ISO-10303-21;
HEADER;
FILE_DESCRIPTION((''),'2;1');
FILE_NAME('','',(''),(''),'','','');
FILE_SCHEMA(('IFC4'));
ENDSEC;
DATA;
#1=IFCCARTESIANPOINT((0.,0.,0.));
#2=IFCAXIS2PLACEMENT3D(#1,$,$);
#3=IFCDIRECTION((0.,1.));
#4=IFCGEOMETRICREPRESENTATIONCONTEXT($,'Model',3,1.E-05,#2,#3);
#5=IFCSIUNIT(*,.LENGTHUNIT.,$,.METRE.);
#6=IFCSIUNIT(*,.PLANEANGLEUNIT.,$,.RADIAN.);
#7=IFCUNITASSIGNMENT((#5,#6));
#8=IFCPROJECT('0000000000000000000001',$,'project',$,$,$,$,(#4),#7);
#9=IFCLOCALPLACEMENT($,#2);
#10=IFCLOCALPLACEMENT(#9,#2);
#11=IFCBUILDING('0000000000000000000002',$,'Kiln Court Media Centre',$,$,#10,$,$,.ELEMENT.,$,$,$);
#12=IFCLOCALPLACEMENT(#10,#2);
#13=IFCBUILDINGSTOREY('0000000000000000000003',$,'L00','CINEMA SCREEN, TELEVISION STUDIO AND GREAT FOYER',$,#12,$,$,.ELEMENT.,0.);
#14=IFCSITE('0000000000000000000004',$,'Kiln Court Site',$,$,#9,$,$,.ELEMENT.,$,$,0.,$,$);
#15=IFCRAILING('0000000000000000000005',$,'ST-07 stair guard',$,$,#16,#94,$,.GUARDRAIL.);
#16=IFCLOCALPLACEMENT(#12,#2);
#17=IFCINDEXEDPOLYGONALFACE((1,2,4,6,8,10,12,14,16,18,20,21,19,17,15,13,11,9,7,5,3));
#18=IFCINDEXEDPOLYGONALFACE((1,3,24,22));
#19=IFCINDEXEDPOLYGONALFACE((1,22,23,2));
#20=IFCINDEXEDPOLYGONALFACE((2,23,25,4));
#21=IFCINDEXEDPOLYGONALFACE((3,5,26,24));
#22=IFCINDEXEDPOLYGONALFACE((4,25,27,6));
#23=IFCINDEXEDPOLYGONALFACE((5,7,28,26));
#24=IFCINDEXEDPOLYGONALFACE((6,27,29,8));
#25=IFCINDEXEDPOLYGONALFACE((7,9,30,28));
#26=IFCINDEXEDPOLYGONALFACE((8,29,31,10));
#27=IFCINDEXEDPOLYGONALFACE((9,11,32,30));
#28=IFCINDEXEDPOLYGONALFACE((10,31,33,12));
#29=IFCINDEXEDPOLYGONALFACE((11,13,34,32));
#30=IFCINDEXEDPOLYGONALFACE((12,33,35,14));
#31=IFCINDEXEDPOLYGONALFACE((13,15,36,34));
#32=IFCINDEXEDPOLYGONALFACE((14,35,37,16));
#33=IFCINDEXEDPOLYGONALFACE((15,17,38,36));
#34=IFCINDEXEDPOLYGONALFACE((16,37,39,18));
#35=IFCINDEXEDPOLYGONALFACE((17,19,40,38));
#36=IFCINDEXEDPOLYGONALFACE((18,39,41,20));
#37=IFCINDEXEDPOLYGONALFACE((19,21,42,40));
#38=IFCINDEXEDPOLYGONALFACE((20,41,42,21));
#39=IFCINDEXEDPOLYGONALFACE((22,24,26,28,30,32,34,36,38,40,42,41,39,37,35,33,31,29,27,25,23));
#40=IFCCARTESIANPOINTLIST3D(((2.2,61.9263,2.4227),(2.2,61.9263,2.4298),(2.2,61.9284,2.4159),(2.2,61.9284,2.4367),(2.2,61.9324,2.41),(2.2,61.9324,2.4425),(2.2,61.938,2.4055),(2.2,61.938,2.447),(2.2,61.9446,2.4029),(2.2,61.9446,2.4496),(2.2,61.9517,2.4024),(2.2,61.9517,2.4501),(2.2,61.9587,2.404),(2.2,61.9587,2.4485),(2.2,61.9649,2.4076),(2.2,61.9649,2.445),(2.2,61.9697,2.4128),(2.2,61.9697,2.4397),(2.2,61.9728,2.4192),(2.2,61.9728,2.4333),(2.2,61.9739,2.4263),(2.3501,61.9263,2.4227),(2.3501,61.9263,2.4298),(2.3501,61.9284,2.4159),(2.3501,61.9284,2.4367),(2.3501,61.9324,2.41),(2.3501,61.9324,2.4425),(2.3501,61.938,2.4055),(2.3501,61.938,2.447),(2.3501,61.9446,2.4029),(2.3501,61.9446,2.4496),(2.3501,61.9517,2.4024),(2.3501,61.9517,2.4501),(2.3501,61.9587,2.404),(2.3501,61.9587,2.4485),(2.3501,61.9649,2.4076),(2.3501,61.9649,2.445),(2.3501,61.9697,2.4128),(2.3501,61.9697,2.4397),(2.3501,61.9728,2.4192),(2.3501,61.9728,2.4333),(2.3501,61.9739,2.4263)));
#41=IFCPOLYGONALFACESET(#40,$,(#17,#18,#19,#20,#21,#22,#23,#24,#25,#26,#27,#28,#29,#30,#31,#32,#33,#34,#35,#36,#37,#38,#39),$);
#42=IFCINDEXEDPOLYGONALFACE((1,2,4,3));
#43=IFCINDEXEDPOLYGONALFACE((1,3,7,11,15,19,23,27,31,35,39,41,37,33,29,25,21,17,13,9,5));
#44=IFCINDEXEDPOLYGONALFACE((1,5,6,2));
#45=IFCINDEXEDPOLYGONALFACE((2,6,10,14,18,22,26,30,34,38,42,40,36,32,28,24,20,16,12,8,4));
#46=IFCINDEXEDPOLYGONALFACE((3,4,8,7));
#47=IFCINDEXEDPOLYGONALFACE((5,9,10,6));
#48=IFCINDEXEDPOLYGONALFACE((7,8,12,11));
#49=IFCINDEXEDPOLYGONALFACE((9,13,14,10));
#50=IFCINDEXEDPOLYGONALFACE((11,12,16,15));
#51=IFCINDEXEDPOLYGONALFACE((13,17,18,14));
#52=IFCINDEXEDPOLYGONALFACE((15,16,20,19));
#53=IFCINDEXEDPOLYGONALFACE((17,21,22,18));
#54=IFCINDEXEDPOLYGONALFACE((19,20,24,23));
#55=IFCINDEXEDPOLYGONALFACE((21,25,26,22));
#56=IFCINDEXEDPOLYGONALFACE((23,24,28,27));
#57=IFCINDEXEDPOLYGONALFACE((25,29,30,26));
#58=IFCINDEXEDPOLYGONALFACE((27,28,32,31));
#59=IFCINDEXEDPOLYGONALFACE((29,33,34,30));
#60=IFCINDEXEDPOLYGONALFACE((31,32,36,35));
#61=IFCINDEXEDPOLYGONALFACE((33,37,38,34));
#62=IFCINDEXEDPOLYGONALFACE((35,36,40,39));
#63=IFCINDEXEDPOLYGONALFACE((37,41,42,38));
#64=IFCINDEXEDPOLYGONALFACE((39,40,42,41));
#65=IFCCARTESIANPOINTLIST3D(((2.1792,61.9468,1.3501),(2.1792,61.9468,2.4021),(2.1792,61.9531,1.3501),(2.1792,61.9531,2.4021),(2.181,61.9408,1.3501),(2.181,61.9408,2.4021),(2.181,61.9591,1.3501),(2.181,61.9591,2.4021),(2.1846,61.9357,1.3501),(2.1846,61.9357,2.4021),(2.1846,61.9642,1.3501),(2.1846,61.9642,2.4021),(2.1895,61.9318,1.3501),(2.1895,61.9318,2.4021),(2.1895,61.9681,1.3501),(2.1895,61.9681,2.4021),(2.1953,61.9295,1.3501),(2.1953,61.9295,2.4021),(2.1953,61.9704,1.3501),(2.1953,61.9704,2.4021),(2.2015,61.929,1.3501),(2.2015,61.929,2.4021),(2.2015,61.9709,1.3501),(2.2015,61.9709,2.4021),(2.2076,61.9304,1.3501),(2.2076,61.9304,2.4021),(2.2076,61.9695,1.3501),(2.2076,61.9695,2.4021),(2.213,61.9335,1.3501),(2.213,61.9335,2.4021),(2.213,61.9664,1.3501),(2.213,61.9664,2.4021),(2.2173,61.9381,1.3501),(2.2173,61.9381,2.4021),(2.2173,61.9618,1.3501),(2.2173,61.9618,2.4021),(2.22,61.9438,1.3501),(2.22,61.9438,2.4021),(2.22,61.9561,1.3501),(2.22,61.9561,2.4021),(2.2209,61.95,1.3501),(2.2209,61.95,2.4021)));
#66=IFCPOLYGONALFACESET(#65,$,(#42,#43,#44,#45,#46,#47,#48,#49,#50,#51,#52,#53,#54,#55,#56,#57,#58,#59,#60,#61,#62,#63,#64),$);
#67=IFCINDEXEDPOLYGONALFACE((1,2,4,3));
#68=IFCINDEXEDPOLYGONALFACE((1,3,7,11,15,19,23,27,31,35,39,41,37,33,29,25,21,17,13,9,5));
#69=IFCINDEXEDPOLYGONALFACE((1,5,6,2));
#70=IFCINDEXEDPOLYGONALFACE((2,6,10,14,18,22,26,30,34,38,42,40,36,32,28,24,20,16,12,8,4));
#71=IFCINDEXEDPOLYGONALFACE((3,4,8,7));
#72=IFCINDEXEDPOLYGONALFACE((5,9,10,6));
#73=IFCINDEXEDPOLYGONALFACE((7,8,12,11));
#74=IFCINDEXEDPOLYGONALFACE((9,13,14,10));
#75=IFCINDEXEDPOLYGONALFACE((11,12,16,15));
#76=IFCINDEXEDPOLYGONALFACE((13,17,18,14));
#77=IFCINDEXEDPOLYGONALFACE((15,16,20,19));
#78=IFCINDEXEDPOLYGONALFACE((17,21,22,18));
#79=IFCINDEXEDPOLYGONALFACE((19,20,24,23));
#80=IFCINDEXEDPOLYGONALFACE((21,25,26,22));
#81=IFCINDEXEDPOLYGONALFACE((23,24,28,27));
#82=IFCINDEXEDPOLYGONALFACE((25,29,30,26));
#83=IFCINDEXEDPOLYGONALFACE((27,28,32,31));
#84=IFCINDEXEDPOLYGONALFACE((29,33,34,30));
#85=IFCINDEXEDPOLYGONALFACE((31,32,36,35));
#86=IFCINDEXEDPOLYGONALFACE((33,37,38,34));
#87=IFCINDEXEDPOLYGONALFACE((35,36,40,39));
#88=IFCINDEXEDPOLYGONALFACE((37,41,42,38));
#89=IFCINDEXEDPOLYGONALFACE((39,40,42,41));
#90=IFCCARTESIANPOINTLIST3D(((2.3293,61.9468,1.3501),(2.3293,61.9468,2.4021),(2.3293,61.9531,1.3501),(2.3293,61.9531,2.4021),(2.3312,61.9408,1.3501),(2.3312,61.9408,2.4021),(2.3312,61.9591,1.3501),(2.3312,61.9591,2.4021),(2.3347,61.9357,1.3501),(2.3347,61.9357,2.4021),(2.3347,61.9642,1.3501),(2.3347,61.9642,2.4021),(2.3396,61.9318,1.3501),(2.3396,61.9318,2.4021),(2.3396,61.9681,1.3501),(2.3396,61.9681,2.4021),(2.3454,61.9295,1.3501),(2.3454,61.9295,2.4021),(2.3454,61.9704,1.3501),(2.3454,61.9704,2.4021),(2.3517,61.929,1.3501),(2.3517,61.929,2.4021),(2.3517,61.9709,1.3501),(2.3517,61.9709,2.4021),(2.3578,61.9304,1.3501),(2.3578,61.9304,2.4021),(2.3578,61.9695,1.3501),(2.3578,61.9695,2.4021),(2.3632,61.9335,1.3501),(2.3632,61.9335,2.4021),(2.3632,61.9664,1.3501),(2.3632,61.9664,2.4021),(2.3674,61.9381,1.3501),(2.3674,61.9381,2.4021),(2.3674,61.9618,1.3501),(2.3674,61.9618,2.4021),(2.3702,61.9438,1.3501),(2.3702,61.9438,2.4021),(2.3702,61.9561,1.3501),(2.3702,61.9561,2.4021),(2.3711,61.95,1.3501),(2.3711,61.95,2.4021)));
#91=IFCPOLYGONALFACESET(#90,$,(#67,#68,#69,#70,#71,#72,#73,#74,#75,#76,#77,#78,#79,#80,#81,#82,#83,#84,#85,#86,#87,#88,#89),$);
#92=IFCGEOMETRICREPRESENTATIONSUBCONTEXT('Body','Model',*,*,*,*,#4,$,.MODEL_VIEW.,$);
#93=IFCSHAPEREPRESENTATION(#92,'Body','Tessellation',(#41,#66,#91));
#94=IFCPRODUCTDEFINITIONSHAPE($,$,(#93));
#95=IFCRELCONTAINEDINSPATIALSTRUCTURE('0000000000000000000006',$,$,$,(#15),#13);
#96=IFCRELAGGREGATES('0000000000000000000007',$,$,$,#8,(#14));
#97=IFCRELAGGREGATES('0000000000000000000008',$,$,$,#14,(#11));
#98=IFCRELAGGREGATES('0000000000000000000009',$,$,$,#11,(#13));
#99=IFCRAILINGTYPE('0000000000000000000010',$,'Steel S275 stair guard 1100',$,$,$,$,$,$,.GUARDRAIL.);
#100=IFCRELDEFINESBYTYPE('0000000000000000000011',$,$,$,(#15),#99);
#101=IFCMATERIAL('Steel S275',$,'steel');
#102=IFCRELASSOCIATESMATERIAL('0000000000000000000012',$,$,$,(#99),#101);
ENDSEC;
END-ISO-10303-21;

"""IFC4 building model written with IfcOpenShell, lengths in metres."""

from ifc_helpers import new_model, si_unit, direction, frame, origin, origin_2d, place, context, subcontext, project, spatial, circle, extrude, material, type_object, element, save


model = new_model("IFC4")

# Units and contexts
model_context = context("Model", 3, precision=1e-05, world=origin(), true_north=direction((0.0, 1.0)))
body_context = subcontext(model_context, "Body", "Model", "MODEL_VIEW")
ifc_project = project(units=[si_unit("LENGTHUNIT", "METRE"), si_unit("PLANEANGLEUNIT", "RADIAN")], contexts=[model_context])

# Site, building, storey
site_placement = place(None, origin())
site = spatial("IfcSite", under=ifc_project, at=site_placement, Name="Kiln Court Site", CompositionType="ELEMENT", RefElevation=0.0)
building_placement = place(site_placement, origin())
building = spatial("IfcBuilding", under=site, at=building_placement, Name="Kiln Court Media Centre", CompositionType="ELEMENT")
storey_placement = place(building_placement, origin())
storey = spatial("IfcBuildingStorey", under=building, at=storey_placement, Name="L00", Description="CINEMA SCREEN, TELEVISION STUDIO AND GREAT FOYER", CompositionType="ELEMENT", Elevation=0.0)

# Railing
ifc_material_1 = material(Name="Steel S275", Category="steel")
railing_type_1 = type_object("IfcRailingType", Name="Steel S275 stair guard 1100", PredefinedType="GUARDRAIL", material=ifc_material_1)
railing_1_placement = place(storey_placement, frame((2.2, 61.95, 1.3501)))
element("IfcRailing", 1, at=railing_1_placement, inside=storey, type_object=railing_type_1, Name="ST-07 stair guard", PredefinedType="GUARDRAIL", context=body_context, shape_type="SweptSolid", body=[
    extrude(circle(Radius=0.0239, at=origin_2d()), frame((0.0, 0.0, 1.0762), z_axis=(1.0, 0.0, 0.0), x_axis=(0.0, 1.0, 0.0)), (0.0, 0.0, 1.0), 0.1501),
    extrude(circle(Radius=0.021, at=origin_2d()), origin(), (0.0, 0.0, 1.0), 1.052),
    extrude(circle(Radius=0.021, at=origin_2d()), frame((0.1501, 0.0, 0.0)), (0.0, 0.0, 1.0), 1.052),
])

save(model, "model.ifc")
